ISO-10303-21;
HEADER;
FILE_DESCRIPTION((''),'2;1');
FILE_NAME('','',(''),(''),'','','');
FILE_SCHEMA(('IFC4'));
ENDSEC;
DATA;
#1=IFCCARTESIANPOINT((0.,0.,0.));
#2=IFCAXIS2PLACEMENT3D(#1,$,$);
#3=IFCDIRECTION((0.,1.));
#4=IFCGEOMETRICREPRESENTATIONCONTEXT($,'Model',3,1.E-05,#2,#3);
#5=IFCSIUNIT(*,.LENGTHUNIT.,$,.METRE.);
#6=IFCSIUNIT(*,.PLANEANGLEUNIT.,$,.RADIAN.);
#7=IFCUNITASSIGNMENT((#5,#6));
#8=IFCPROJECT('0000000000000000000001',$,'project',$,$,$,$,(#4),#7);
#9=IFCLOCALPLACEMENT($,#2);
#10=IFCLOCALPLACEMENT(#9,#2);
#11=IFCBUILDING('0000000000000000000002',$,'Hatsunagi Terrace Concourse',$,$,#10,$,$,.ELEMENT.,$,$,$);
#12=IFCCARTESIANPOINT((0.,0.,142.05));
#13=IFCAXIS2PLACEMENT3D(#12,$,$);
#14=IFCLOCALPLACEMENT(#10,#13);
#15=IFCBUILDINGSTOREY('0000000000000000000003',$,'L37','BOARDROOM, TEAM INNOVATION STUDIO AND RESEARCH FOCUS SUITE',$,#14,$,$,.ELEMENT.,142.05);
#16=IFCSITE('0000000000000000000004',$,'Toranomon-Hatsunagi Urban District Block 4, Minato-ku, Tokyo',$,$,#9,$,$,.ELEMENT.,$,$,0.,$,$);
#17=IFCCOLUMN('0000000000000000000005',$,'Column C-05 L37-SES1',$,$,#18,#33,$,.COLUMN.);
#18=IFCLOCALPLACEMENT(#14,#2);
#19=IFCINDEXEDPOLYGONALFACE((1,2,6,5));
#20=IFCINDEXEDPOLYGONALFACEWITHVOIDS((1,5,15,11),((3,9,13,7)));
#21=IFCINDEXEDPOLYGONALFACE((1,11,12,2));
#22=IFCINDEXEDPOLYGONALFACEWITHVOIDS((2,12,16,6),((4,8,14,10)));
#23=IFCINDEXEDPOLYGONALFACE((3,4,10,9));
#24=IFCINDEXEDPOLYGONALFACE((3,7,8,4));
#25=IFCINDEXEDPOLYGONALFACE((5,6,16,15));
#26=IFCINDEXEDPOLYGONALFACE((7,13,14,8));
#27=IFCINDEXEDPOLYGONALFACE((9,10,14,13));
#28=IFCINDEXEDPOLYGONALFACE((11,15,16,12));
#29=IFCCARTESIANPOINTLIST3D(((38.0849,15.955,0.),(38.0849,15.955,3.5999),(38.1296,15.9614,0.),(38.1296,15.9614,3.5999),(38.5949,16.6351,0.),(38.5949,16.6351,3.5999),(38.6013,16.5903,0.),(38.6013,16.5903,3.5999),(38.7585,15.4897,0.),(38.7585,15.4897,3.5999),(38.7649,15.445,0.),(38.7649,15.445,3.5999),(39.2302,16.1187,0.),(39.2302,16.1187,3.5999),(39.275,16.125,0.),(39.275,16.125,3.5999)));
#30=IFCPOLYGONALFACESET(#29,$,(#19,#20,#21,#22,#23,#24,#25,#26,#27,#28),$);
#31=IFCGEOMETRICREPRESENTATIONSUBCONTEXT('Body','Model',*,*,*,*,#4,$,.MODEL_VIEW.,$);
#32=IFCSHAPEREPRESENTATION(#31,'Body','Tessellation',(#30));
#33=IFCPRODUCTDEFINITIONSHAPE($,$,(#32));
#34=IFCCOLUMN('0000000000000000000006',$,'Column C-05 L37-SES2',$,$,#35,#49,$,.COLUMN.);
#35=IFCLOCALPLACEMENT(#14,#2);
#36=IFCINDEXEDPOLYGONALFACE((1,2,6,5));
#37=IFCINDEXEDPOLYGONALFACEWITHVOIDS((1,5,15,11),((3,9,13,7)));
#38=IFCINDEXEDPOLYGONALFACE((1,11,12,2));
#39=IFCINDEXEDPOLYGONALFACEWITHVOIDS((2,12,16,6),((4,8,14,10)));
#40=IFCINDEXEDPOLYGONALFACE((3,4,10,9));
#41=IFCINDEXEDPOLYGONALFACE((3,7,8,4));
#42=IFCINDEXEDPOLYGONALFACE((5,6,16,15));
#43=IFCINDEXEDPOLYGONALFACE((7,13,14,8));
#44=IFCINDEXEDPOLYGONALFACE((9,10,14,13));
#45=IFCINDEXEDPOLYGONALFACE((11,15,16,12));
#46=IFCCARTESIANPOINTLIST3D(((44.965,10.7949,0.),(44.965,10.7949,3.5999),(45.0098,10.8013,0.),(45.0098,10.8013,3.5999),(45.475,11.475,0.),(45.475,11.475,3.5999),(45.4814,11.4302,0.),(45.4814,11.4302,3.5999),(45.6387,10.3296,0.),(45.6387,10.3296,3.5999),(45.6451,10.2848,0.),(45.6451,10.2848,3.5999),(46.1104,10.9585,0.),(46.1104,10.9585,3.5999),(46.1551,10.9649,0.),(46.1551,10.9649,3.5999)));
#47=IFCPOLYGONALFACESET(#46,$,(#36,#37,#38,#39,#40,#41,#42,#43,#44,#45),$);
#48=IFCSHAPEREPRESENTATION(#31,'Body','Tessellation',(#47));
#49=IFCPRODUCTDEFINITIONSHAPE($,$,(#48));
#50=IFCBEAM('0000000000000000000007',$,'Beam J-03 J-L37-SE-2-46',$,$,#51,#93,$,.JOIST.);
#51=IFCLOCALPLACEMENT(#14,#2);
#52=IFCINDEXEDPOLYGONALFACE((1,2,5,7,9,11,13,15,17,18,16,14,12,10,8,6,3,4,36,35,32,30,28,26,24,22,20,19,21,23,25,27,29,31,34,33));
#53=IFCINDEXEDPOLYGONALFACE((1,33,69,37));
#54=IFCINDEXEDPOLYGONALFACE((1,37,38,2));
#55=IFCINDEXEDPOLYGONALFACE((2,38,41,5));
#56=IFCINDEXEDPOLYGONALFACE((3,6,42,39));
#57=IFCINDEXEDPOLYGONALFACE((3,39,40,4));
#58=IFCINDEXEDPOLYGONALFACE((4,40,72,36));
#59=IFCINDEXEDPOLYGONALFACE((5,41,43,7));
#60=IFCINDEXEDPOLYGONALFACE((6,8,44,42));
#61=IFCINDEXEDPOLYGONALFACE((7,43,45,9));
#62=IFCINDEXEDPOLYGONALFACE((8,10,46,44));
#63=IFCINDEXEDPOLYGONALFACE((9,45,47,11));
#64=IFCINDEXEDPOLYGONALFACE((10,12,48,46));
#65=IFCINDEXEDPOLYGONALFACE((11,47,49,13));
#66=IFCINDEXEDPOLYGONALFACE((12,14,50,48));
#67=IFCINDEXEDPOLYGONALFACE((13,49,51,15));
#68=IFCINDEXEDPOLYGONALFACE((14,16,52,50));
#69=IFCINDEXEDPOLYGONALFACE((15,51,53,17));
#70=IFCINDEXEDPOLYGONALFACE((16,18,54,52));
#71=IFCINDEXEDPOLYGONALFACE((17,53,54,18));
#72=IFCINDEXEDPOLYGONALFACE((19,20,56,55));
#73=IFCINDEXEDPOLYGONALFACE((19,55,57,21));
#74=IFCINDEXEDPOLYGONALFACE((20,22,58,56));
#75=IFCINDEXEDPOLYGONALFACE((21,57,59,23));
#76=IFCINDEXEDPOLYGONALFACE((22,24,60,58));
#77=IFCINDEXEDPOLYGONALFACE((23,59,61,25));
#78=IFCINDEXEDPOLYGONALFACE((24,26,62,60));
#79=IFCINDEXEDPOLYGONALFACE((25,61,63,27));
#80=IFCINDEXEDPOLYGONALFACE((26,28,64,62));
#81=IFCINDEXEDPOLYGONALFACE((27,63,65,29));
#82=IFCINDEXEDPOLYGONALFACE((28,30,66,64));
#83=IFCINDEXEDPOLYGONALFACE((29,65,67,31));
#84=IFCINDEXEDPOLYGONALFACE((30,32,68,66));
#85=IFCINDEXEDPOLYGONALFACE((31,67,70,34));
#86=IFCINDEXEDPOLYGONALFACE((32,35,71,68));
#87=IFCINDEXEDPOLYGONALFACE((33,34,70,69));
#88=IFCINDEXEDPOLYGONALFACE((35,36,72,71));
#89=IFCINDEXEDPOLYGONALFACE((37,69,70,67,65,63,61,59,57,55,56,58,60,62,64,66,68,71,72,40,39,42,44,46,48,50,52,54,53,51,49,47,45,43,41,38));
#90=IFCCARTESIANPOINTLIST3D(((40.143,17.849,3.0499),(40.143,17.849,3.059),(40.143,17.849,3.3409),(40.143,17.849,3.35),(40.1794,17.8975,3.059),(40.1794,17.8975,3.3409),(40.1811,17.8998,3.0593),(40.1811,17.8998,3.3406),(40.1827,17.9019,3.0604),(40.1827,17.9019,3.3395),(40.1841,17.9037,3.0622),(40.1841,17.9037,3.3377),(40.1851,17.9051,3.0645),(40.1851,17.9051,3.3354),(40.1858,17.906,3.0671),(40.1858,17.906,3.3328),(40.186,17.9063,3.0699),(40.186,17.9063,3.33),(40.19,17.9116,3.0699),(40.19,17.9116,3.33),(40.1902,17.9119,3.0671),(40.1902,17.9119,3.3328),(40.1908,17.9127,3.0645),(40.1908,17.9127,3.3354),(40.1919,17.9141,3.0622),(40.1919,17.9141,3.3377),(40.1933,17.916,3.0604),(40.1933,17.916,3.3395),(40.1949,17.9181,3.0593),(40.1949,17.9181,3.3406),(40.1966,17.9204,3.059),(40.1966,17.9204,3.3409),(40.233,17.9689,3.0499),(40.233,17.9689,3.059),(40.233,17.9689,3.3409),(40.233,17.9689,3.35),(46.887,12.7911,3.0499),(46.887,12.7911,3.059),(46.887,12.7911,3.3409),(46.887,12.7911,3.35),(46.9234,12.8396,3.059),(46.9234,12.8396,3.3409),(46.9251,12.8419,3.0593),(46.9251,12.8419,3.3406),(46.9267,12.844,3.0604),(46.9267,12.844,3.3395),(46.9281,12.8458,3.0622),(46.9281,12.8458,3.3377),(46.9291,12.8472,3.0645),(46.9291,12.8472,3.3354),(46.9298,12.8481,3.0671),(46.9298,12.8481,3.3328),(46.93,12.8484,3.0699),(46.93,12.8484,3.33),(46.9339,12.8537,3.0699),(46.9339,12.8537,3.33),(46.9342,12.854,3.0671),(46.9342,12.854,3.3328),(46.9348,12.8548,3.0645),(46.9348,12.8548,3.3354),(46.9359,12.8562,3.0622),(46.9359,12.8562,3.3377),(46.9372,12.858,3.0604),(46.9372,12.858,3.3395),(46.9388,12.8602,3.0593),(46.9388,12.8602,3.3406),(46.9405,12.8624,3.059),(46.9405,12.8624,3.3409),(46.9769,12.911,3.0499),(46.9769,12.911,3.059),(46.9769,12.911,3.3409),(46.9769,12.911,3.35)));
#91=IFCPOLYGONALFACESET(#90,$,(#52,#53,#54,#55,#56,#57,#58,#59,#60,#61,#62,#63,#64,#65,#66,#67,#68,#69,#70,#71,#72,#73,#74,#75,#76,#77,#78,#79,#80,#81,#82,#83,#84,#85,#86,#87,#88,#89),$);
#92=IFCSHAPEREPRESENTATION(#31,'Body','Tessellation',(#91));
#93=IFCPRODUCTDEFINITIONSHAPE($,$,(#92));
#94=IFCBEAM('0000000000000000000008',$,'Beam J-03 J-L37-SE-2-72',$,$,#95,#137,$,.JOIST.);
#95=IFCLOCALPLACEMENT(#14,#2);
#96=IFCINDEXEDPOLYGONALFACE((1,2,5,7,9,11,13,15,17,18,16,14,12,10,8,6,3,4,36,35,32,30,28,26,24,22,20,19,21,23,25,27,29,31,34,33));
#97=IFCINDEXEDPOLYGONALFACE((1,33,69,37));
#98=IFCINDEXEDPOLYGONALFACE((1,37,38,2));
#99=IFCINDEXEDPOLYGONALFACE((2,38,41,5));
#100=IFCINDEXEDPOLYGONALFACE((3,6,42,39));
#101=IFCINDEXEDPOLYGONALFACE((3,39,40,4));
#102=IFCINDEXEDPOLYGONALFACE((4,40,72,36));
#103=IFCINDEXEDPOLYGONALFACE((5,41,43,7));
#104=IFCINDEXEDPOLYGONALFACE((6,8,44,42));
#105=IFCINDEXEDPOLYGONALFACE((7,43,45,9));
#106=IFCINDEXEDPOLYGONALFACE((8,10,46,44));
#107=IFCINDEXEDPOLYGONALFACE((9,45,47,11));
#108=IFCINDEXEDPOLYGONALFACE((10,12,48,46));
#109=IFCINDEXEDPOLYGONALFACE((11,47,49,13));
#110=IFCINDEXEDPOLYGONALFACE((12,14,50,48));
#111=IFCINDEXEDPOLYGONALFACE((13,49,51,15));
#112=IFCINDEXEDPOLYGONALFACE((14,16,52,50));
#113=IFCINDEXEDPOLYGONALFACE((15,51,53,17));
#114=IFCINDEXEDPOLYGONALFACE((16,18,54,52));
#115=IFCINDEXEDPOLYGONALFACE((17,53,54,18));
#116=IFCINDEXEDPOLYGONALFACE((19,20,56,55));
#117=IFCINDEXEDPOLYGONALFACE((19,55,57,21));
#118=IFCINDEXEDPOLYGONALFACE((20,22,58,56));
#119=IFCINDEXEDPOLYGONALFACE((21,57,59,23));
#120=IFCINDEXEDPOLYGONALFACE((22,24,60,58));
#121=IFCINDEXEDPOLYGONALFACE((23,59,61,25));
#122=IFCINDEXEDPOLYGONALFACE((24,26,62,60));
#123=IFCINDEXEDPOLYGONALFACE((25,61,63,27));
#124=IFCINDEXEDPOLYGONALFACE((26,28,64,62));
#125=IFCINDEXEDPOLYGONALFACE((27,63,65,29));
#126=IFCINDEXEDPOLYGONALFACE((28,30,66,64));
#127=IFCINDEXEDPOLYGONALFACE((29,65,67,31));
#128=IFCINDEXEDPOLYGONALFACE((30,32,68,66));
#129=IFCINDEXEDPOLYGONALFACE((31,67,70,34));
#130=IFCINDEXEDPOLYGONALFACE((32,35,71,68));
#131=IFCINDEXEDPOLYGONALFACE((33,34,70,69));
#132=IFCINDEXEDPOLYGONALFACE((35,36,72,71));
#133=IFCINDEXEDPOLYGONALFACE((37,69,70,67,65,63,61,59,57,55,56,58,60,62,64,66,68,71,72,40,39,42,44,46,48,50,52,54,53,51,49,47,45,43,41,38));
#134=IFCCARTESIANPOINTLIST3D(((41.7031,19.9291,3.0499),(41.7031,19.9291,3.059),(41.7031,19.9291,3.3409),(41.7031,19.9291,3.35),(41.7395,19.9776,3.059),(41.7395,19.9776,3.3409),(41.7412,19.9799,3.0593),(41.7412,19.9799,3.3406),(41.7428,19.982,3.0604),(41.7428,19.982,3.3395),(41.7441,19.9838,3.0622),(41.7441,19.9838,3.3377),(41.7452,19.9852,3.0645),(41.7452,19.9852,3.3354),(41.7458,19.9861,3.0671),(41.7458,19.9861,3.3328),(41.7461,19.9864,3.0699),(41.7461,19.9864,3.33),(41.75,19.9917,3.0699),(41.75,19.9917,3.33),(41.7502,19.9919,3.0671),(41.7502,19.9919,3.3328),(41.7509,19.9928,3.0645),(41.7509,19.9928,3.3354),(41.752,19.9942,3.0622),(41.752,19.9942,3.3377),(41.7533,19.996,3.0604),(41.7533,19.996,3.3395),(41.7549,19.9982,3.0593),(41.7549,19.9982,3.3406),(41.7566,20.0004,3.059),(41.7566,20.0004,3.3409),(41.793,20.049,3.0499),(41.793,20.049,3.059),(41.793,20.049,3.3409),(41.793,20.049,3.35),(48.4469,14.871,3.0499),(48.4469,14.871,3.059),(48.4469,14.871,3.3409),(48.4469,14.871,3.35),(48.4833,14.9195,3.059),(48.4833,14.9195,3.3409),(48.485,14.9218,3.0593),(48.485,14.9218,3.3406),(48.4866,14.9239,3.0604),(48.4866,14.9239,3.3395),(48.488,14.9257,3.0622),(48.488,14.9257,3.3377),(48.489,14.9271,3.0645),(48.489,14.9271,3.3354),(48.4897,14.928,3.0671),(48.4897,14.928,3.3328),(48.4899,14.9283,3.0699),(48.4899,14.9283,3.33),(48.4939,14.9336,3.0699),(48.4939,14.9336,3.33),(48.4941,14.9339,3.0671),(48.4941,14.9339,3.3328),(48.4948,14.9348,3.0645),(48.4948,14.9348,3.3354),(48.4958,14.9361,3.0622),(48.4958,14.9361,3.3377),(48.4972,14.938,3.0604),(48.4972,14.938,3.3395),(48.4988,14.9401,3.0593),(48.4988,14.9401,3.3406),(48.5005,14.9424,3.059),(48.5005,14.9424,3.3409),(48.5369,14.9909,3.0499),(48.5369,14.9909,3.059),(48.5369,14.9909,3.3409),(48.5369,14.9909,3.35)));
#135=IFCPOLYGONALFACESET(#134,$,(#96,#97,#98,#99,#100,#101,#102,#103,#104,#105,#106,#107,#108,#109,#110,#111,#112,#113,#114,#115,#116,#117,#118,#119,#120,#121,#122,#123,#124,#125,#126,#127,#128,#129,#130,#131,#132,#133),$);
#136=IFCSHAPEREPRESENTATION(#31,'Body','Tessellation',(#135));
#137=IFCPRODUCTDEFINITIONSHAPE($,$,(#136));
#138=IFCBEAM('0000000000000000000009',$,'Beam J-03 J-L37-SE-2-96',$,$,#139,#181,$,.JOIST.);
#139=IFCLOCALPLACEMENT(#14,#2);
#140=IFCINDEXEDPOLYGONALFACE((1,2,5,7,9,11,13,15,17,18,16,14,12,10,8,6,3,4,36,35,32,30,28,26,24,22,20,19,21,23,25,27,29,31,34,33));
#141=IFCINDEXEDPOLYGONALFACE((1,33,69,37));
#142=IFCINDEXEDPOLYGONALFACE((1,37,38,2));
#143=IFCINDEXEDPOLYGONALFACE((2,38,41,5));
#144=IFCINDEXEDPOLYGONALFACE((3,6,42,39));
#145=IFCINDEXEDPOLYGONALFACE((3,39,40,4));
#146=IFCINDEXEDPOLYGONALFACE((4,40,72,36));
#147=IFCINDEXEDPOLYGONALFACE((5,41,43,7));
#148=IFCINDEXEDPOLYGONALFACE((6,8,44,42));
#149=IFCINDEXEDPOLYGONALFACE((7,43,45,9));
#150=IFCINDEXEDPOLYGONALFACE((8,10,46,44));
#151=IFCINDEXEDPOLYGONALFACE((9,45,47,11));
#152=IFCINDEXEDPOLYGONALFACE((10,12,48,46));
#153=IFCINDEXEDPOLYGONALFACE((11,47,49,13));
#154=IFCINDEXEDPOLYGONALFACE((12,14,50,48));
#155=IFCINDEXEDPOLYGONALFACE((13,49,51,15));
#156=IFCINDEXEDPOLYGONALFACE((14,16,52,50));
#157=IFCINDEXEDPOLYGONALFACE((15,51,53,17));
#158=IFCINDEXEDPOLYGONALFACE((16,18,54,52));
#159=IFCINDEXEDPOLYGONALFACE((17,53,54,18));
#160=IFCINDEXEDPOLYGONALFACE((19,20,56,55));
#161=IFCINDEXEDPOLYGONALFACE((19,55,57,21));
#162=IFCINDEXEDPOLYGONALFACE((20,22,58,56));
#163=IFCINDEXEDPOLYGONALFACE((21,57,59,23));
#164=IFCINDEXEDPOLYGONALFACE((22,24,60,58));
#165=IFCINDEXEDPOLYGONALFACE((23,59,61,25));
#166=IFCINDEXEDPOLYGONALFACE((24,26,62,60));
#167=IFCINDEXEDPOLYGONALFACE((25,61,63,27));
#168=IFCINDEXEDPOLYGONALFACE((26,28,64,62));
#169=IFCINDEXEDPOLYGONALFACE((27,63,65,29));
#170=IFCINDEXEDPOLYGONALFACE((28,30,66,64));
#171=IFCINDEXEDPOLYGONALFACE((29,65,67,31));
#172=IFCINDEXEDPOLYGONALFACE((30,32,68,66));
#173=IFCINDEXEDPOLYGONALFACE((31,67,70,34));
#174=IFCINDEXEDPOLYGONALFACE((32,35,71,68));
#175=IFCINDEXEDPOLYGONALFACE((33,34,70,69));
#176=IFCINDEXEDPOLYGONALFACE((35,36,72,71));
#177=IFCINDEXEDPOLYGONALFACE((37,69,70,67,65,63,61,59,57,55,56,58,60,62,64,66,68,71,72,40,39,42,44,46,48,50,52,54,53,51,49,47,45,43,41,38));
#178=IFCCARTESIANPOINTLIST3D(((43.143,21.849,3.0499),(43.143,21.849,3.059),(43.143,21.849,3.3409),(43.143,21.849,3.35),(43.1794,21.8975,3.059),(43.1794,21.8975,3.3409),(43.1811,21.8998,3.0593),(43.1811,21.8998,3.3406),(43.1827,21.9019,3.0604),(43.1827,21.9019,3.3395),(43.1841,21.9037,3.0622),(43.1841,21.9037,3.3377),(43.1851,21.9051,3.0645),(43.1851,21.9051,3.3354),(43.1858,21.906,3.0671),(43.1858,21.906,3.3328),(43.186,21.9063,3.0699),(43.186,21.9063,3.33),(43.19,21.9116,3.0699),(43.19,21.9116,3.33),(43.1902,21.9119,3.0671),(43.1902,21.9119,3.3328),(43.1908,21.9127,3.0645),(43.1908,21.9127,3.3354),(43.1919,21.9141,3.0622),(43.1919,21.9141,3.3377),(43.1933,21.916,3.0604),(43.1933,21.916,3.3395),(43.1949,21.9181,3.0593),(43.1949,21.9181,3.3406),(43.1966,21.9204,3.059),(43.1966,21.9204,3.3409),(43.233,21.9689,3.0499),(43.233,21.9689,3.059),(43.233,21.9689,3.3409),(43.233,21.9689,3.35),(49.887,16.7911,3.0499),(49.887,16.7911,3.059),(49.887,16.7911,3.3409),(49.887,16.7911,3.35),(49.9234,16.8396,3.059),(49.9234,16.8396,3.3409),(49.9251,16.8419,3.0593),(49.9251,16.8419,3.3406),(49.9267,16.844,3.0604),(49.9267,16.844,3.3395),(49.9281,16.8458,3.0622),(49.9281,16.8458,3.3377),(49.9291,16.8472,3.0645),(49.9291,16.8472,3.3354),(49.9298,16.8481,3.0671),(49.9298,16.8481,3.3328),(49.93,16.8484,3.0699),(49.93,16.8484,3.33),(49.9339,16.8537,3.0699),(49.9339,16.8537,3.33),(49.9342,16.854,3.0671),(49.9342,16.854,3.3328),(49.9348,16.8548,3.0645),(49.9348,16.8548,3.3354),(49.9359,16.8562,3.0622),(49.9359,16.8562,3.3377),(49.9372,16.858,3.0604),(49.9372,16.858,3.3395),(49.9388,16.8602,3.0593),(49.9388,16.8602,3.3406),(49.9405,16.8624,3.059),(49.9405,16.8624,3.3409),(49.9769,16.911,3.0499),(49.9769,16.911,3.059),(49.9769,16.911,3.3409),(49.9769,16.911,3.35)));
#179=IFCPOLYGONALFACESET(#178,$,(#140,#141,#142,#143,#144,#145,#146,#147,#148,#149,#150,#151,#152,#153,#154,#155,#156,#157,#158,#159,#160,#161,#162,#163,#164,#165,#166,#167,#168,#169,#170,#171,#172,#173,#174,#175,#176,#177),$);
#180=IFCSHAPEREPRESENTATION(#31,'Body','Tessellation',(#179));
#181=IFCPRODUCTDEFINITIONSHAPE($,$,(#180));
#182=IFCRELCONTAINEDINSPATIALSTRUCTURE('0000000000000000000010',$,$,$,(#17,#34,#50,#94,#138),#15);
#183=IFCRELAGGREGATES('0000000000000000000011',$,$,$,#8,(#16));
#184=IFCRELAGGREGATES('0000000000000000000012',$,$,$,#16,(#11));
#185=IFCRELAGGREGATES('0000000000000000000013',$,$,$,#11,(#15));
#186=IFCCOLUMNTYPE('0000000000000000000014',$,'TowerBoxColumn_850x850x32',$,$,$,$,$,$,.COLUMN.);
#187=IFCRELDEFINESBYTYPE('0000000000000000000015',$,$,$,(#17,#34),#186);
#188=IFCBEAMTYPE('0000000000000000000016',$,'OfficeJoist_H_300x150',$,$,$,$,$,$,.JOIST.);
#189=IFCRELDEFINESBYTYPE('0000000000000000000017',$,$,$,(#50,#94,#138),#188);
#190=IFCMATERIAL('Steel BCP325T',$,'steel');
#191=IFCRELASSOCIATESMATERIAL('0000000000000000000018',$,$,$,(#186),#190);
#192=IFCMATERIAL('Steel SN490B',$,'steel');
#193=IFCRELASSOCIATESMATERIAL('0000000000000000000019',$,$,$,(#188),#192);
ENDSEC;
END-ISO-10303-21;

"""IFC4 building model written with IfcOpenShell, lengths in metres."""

from ifc_helpers import new_model, si_unit, direction, frame, origin, origin_2d, place, context, subcontext, project, spatial, hollow_rectangle, i_section, extrude, material, material_profile, profile_set, type_object, element, save


model = new_model("IFC4")

# Units and contexts
model_context = context("Model", 3, precision=1e-05, world=origin(), true_north=direction((0.0, 1.0)))
body_context = subcontext(model_context, "Body", "Model", "MODEL_VIEW")
ifc_project = project(units=[si_unit("LENGTHUNIT", "METRE"), si_unit("PLANEANGLEUNIT", "RADIAN")], contexts=[model_context])

# Site, building, storey
site_placement = place(None, origin())
site = spatial("IfcSite", under=ifc_project, at=site_placement, Name="Toranomon-Hatsunagi Urban District Block 4, Minato-ku, Tokyo", CompositionType="ELEMENT", RefElevation=0.0)
building_placement = place(site_placement, origin())
building = spatial("IfcBuilding", under=site, at=building_placement, Name="Hatsunagi Terrace Concourse", CompositionType="ELEMENT")
storey_placement = place(building_placement, frame((0.0, 0.0, 142.05)))
storey = spatial("IfcBuildingStorey", under=building, at=storey_placement, Name="L37", Description="BOARDROOM, TEAM INNOVATION STUDIO AND RESEARCH FOCUS SUITE", CompositionType="ELEMENT", Elevation=142.05)

# Columns
ifc_material_1 = material(Name="Steel BCP325T", Category="steel")
ifc_material_profile_1 = material_profile(ifc_material_1, hollow_rectangle(XDim=0.8501, YDim=0.8501, WallThickness=0.032, at=origin_2d()), Name="BCP-850x850x32")
ifc_profile_set_1 = profile_set([ifc_material_profile_1], Name="Steel BCP325T")
column_type = type_object("IfcColumnType", Name="TowerBoxColumn_850x850x32", PredefinedType="COLUMN", material=ifc_profile_set_1)
for number, where, z_axis, x_axis, name in (
    (1, (38.6799, 16.04, 0.0), (0.0, 0.0, 1.0), (0.8, -0.6, 0.0), "Column C-05 L37-SES1"),
    (2, (45.5601, 10.8799, 0.0), (0.0, 0.0, 1.0), (0.8, -0.6, 0.0), "Column C-05 L37-SES2"),
):
    element("IfcColumn", number, at=place(storey_placement, frame(where, z_axis=z_axis, x_axis=x_axis)), inside=storey, type_object=column_type, Name=name, PredefinedType="COLUMN", context=body_context, shape_type="SweptSolid", body=[
        extrude(hollow_rectangle(XDim=0.8501, YDim=0.8501, WallThickness=0.032, at=origin_2d()), origin(), (0.0, 0.0, 1.0), 3.5999),
    ])

# Beams
ifc_material_2 = material(Name="Steel SN490B", Category="steel")
ifc_material_profile_2 = material_profile(ifc_material_2, i_section(OverallWidth=0.1499, OverallDepth=0.3, WebThickness=0.0066, FlangeThickness=0.009, FilletRadius=0.011, at=origin_2d()), Name="H-300x150x6.5x9")
ifc_profile_set_2 = profile_set([ifc_material_profile_2], Name="Steel SN490B")
beam_type_1 = type_object("IfcBeamType", Name="OfficeJoist_H_300x150", PredefinedType="JOIST", material=ifc_profile_set_2)
for number, where, z_axis, x_axis, name in (
    (3, (40.188, 17.9089, 3.2), (0.800003, -0.599995, 0.0), (0.599995, 0.800003, 0.0), "Beam J-03 J-L37-SE-2-46"),
    (4, (41.748, 19.989, 3.2), (0.79999, -0.600014, 0.0), (0.600014, 0.79999, 0.0), "Beam J-03 J-L37-SE-2-72"),
    (5, (43.188, 21.9089, 3.2), (0.800003, -0.599995, 0.0), (0.599995, 0.800003, 0.0), "Beam J-03 J-L37-SE-2-96"),
):
    element("IfcBeam", number, at=place(storey_placement, frame(where, z_axis=z_axis, x_axis=x_axis)), inside=storey, type_object=beam_type_1, Name=name, PredefinedType="JOIST", context=body_context, shape_type="SweptSolid", body=[
        extrude(i_section(OverallWidth=0.1499, OverallDepth=0.3, WebThickness=0.0066, FlangeThickness=0.009, FilletRadius=0.011, at=origin_2d()), origin(), (0.0, 0.0, 1.0), 8.4299),
    ])

save(model, "model.ifc")
